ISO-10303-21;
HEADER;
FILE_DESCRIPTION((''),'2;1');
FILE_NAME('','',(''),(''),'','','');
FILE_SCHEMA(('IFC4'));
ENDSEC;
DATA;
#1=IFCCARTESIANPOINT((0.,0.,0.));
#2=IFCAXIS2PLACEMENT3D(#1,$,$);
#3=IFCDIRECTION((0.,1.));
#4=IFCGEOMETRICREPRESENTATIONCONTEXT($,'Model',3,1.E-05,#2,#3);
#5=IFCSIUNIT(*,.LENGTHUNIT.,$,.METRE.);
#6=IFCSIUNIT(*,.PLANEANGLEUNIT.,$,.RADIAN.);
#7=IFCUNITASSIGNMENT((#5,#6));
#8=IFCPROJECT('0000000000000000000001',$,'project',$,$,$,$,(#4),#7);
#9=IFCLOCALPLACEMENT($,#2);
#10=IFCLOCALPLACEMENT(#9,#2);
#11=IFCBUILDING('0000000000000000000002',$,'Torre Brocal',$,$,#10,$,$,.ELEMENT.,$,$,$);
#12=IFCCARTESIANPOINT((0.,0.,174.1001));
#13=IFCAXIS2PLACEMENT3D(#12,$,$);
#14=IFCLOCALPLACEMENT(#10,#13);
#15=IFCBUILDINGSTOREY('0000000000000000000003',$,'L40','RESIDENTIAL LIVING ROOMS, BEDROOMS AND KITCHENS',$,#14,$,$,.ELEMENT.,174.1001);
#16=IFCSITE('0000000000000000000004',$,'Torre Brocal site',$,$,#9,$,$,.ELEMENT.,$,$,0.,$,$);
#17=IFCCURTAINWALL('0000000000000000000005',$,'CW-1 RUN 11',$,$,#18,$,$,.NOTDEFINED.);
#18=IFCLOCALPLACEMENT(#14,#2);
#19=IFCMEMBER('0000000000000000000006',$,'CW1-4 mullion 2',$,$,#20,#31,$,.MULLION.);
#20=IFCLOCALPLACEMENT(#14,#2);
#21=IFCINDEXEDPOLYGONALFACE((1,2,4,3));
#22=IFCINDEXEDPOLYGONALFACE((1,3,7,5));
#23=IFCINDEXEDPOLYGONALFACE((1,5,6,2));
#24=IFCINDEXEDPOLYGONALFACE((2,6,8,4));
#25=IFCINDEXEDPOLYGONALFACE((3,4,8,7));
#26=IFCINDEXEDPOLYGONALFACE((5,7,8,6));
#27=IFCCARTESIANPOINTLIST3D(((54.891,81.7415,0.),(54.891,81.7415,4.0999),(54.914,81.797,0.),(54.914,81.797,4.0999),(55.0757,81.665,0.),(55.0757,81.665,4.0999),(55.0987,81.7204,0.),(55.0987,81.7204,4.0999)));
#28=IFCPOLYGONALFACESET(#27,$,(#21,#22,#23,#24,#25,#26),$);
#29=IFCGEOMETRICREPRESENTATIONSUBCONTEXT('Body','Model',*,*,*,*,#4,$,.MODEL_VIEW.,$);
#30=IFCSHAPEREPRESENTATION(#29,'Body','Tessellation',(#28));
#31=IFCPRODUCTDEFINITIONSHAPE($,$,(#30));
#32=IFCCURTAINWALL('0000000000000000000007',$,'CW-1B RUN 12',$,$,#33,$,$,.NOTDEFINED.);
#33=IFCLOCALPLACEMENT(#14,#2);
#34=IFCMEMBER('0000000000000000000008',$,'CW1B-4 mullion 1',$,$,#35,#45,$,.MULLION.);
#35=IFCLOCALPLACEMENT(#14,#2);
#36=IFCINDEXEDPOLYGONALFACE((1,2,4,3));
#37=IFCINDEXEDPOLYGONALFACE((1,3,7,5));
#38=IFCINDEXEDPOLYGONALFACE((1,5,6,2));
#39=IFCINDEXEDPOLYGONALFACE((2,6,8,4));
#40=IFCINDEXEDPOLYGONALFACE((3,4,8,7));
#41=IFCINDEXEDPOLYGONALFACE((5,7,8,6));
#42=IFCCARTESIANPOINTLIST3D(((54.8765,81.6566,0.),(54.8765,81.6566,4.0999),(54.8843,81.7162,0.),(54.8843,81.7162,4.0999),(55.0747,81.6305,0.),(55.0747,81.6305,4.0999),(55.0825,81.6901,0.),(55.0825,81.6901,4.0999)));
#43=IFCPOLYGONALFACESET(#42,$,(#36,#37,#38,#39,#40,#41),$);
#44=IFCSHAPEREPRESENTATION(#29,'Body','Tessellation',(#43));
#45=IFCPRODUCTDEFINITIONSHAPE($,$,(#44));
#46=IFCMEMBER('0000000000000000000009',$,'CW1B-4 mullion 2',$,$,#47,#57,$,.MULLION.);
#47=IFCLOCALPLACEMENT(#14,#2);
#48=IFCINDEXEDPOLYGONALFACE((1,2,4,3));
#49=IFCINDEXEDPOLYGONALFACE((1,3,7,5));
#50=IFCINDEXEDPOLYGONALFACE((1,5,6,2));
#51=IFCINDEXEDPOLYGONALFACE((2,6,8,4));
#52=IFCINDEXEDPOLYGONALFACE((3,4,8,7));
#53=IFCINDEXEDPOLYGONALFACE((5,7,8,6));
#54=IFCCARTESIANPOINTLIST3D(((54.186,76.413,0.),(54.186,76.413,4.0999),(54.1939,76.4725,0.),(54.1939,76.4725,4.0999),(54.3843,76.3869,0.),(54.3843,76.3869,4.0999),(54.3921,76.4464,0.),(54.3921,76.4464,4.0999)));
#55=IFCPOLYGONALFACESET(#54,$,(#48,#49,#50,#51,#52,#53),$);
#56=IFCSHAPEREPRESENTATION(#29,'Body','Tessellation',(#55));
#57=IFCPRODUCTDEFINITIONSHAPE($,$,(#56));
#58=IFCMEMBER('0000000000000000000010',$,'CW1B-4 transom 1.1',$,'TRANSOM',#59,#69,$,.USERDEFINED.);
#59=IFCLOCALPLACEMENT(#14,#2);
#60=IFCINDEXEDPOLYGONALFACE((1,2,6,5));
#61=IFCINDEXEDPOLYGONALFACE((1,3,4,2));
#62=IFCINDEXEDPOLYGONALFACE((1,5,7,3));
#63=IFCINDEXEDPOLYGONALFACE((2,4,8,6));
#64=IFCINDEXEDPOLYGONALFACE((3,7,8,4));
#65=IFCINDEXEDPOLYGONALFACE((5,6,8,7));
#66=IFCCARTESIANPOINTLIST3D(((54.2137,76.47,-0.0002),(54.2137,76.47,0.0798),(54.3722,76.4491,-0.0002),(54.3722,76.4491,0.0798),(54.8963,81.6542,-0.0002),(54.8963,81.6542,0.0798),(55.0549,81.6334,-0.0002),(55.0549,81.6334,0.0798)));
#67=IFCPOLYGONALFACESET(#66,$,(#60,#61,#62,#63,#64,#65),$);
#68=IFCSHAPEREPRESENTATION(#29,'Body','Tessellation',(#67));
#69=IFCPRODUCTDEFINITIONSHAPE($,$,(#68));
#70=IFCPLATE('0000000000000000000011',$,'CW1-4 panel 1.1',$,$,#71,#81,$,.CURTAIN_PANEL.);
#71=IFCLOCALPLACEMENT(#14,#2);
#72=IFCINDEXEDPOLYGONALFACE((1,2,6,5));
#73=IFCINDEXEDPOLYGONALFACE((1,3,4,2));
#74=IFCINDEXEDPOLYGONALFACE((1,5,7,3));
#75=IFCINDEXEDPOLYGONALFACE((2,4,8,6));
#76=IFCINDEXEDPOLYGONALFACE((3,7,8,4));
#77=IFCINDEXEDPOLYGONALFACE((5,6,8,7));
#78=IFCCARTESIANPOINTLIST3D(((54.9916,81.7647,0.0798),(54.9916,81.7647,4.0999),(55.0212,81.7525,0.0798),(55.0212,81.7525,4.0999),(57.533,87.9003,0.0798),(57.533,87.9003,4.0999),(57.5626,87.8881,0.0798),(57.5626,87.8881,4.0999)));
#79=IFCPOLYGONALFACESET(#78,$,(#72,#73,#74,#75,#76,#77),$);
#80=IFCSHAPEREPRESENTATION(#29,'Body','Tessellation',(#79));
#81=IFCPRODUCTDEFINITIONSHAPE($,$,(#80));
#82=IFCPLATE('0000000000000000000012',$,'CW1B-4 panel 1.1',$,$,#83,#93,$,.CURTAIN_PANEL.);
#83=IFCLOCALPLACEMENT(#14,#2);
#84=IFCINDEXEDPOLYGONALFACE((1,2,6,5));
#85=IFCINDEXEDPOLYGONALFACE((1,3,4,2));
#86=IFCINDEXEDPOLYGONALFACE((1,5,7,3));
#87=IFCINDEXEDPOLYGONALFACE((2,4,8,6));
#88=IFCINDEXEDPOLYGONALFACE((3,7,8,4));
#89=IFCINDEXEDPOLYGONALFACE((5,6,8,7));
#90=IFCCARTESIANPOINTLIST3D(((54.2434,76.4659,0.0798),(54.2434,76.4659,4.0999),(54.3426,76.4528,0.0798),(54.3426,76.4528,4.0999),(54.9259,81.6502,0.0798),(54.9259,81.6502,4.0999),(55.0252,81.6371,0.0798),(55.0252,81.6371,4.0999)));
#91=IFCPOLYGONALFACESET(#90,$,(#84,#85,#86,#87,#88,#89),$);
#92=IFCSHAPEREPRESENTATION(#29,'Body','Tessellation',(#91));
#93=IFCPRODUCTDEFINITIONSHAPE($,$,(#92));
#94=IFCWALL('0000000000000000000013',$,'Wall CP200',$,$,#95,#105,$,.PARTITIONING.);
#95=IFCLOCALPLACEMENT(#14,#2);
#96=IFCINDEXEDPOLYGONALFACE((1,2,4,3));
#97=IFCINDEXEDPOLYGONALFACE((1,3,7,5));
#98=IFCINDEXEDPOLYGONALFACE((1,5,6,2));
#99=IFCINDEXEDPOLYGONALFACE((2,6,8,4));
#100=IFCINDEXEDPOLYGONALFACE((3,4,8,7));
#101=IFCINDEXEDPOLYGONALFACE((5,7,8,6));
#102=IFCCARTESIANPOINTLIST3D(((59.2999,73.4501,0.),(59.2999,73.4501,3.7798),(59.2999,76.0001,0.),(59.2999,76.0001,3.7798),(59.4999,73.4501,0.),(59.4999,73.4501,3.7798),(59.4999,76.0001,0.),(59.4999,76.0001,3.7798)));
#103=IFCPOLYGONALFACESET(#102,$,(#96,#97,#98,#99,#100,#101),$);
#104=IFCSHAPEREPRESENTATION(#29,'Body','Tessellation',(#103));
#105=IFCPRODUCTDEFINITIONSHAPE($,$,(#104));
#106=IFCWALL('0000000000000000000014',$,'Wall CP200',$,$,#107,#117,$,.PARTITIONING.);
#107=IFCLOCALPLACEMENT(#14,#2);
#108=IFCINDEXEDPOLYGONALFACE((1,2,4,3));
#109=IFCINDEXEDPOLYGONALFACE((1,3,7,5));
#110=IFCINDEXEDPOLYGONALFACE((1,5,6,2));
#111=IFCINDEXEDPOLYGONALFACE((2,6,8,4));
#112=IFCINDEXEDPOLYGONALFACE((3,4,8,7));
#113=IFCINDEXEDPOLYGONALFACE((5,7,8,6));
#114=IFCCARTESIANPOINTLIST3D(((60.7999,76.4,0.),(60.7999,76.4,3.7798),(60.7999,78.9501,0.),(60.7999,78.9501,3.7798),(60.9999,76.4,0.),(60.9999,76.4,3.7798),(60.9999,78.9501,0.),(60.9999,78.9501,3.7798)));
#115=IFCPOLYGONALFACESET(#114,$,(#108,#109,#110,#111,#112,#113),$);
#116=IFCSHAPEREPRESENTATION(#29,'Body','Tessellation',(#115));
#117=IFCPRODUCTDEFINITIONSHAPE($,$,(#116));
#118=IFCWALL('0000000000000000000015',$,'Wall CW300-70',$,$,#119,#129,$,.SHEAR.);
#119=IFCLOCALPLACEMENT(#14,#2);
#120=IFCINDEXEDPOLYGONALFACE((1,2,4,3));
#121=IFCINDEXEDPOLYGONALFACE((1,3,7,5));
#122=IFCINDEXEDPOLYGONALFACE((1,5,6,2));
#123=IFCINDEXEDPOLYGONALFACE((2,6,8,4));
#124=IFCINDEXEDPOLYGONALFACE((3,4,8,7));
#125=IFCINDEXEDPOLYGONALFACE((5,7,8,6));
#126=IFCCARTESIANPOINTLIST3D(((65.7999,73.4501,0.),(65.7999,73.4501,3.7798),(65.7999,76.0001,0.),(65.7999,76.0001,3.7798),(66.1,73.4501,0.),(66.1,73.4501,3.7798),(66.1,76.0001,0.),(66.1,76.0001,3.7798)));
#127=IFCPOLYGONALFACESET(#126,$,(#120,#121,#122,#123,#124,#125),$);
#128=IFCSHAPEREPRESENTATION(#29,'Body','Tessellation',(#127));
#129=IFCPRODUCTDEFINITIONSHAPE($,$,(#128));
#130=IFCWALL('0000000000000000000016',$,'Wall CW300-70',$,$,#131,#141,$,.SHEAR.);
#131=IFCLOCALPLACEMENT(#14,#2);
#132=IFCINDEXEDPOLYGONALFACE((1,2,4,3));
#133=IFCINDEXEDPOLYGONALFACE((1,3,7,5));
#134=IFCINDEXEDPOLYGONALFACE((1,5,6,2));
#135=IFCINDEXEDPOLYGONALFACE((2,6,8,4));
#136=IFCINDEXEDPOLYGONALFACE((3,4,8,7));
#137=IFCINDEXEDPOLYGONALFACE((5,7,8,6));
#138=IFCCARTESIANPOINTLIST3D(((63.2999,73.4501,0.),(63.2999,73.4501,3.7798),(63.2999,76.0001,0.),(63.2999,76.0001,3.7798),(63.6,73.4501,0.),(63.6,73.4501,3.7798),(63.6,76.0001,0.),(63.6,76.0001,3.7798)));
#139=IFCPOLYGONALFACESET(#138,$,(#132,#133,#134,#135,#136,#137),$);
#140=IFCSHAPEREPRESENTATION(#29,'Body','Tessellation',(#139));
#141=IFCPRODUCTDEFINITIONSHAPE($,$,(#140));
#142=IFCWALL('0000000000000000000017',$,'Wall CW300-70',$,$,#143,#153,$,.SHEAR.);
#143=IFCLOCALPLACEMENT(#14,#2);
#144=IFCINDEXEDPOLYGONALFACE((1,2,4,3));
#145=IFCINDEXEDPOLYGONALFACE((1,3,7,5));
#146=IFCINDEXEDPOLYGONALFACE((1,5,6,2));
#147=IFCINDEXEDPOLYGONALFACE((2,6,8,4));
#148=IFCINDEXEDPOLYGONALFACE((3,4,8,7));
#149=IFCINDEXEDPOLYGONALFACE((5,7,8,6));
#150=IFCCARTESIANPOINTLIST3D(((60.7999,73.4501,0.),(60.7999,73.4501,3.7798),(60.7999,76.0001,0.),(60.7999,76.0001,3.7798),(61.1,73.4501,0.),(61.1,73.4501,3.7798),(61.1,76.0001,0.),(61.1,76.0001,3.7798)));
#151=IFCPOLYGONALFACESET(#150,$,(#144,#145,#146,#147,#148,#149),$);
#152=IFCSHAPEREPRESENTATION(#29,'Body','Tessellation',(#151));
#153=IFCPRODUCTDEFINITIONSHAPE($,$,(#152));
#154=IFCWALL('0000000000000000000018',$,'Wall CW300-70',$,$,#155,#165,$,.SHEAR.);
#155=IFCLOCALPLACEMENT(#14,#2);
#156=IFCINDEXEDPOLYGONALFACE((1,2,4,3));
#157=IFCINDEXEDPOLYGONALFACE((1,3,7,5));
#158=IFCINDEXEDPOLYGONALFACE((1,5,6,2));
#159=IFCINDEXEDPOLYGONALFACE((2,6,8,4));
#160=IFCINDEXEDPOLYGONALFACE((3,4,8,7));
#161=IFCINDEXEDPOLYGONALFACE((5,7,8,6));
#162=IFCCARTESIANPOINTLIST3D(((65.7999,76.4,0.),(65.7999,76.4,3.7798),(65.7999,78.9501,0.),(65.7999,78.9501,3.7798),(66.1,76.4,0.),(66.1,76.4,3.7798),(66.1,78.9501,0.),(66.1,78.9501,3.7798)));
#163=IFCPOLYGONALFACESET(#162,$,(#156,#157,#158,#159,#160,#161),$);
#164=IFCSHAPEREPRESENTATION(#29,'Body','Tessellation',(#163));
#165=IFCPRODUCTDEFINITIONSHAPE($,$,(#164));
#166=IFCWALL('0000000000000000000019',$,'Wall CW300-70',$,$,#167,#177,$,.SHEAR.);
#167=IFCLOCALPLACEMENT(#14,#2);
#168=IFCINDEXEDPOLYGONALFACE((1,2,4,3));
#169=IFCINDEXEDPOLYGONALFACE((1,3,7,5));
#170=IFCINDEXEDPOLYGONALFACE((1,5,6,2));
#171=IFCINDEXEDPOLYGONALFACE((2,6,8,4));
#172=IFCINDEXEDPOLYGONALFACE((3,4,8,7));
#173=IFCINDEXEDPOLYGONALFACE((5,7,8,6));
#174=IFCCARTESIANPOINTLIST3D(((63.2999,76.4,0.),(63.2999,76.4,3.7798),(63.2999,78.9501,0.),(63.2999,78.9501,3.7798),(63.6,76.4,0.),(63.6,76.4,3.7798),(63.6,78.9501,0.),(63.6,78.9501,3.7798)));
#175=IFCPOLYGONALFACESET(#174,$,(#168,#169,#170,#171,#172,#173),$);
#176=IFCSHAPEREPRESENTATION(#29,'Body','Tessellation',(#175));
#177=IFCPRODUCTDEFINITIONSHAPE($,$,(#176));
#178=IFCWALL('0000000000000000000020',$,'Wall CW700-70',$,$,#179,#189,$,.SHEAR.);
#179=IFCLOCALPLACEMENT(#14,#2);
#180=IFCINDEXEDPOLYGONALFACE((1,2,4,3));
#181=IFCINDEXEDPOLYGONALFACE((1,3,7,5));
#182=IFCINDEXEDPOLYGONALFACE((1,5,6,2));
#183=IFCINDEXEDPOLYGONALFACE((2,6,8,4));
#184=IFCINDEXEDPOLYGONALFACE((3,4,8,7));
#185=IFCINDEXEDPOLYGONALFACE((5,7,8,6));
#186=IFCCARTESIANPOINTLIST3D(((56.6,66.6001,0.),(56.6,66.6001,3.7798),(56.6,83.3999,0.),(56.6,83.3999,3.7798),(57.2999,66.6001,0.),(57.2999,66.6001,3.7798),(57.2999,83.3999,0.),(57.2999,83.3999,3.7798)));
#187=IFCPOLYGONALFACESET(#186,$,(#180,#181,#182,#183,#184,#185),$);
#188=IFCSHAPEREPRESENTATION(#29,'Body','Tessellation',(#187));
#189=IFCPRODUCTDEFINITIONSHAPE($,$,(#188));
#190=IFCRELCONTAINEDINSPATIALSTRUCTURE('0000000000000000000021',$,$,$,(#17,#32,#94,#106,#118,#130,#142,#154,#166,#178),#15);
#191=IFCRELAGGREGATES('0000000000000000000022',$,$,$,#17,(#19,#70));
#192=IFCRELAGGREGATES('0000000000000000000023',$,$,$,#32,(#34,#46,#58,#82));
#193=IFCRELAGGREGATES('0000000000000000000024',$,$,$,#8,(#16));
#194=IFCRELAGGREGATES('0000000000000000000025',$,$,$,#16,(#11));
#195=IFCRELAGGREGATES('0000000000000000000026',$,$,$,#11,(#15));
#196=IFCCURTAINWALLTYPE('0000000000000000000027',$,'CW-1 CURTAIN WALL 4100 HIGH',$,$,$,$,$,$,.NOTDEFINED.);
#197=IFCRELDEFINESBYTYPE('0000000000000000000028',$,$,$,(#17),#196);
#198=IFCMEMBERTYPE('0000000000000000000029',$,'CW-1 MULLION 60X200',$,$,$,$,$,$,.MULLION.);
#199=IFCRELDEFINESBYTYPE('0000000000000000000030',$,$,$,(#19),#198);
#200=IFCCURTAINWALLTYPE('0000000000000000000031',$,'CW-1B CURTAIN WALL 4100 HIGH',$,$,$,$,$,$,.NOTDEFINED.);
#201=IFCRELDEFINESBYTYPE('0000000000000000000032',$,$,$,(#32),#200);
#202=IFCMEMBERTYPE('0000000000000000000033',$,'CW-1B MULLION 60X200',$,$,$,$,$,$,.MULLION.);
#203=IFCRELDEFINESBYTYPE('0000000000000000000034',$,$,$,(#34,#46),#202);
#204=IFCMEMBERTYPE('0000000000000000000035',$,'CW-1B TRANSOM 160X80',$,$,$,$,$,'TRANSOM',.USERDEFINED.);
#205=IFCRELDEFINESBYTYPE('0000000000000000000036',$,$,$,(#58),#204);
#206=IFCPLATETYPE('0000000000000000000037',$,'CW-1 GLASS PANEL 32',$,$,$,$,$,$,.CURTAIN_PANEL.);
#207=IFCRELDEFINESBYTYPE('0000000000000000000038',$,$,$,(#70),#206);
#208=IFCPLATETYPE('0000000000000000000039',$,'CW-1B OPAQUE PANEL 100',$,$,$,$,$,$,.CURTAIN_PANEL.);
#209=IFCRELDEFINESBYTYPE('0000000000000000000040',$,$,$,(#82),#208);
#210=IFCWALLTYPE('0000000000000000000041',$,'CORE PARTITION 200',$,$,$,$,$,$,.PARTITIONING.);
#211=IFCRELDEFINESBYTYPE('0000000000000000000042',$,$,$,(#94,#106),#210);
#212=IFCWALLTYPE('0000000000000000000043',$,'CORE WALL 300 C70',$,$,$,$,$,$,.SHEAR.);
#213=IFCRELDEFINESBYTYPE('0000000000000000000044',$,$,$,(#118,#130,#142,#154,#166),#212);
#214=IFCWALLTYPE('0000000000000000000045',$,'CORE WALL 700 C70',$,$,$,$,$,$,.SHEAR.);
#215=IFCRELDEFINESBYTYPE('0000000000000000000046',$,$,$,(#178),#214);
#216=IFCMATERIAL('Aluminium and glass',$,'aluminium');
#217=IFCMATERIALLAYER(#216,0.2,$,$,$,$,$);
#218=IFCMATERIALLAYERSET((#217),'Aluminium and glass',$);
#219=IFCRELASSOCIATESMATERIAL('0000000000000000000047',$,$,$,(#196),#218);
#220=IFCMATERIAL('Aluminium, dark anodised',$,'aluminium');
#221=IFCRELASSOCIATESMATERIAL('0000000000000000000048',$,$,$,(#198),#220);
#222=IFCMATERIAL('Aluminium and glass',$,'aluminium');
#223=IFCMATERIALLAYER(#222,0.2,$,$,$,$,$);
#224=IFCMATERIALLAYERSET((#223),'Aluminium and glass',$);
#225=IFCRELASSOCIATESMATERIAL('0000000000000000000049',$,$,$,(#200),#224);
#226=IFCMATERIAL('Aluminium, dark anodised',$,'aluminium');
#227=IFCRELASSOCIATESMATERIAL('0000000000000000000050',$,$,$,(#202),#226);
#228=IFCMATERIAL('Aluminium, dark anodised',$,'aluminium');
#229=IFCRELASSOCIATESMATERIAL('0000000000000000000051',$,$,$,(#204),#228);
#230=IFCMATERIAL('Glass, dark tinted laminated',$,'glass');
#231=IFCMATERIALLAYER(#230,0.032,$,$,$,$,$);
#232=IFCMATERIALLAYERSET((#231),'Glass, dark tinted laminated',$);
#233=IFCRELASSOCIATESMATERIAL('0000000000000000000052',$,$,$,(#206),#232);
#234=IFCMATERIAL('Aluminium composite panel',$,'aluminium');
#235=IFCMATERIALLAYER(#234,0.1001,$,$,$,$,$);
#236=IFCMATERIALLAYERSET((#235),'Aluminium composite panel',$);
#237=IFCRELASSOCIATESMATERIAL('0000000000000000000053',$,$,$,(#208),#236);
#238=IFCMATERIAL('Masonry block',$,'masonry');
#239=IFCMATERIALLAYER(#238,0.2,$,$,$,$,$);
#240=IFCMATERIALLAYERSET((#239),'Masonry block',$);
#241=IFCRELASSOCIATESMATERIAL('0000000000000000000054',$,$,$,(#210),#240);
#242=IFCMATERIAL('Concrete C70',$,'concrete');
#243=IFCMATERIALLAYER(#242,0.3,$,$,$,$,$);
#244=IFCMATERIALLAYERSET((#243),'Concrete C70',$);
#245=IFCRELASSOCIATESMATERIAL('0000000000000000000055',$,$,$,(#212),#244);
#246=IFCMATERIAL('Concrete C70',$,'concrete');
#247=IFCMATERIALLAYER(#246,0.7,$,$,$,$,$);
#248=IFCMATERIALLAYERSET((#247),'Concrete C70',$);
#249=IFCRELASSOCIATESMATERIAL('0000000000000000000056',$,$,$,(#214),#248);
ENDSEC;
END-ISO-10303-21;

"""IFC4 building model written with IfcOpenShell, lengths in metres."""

from ifc_helpers import new_model, si_unit, direction, frame, frame_2d, origin, origin_2d, place, context, subcontext, project, spatial, rectangle, extrude, material, layer, layer_set, material_profile, profile_set, type_object, element, aggregate, save


model = new_model("IFC4")

# Units and contexts
model_context = context("Model", 3, precision=1e-05, world=origin(), true_north=direction((0.0, 1.0)))
body_context = subcontext(model_context, "Body", "Model", "MODEL_VIEW")
ifc_project = project(units=[si_unit("LENGTHUNIT", "METRE"), si_unit("PLANEANGLEUNIT", "RADIAN")], contexts=[model_context])

# Site, building, storey
site_placement = place(None, origin())
site = spatial("IfcSite", under=ifc_project, at=site_placement, Name="Torre Brocal site", CompositionType="ELEMENT", RefElevation=0.0)
building_placement = place(site_placement, origin())
building = spatial("IfcBuilding", under=site, at=building_placement, Name="Torre Brocal", CompositionType="ELEMENT")
storey_placement = place(building_placement, frame((0.0, 0.0, 174.1001)))
storey = spatial("IfcBuildingStorey", under=building, at=storey_placement, Name="L40", Description="RESIDENTIAL LIVING ROOMS, BEDROOMS AND KITCHENS", CompositionType="ELEMENT", Elevation=174.1001)

# Curtain wall, member
ifc_material_1 = material(Name="Aluminium and glass", Category="aluminium")
ifc_layer_1 = layer(ifc_material_1, 0.2)
ifc_layer_set_1 = layer_set([ifc_layer_1], Name="Aluminium and glass")
curtain_wall_type_1 = type_object("IfcCurtainWallType", Name="CW-1 CURTAIN WALL 4100 HIGH", PredefinedType="NOTDEFINED", material=ifc_layer_set_1)
curtain_wall_1_placement = place(storey_placement, origin())
curtain_wall_1 = element("IfcCurtainWall", 1, at=curtain_wall_1_placement, inside=storey, type_object=curtain_wall_type_1, Name="CW-1 RUN 11", PredefinedType="NOTDEFINED")
ifc_material_2 = material(Name="Aluminium, dark anodised", Category="aluminium")
ifc_material_profile_1 = material_profile(ifc_material_2, rectangle(XDim=0.2, YDim=0.0601, at=origin_2d()), Name="CW-1 MULLION 60X200")
ifc_profile_set_1 = profile_set([ifc_material_profile_1], Name="Aluminium, dark anodised")
member_type_1 = type_object("IfcMemberType", Name="CW-1 MULLION 60X200", PredefinedType="MULLION", material=ifc_profile_set_1)
member_1_placement = place(storey_placement, frame((54.9949, 81.731, 0.0), z_axis=(0.0, 0.0, 1.0), x_axis=(0.92388, -0.382683, 0.0)))
member_1 = element("IfcMember", 2, at=member_1_placement, type_object=member_type_1, Name="CW1-4 mullion 2", PredefinedType="MULLION", context=body_context, shape_type="SweptSolid", body=[
    extrude(rectangle(XDim=0.2, YDim=0.0601, at=origin_2d()), origin(), (0.0, 0.0, 1.0), 4.0999),
])

# Curtain wall, members
ifc_material_3 = material(Name="Aluminium and glass", Category="aluminium")
ifc_layer_2 = layer(ifc_material_3, 0.2)
ifc_layer_set_2 = layer_set([ifc_layer_2], Name="Aluminium and glass")
curtain_wall_type_2 = type_object("IfcCurtainWallType", Name="CW-1B CURTAIN WALL 4100 HIGH", PredefinedType="NOTDEFINED", material=ifc_layer_set_2)
curtain_wall_2_placement = place(storey_placement, origin())
curtain_wall_2 = element("IfcCurtainWall", 3, at=curtain_wall_2_placement, inside=storey, type_object=curtain_wall_type_2, Name="CW-1B RUN 12", PredefinedType="NOTDEFINED")
ifc_material_4 = material(Name="Aluminium, dark anodised", Category="aluminium")
ifc_material_profile_2 = material_profile(ifc_material_4, rectangle(XDim=0.2, YDim=0.0601, at=origin_2d()), Name="CW-1B MULLION 60X200")
ifc_profile_set_2 = profile_set([ifc_material_profile_2], Name="Aluminium, dark anodised")
member_type_2 = type_object("IfcMemberType", Name="CW-1B MULLION 60X200", PredefinedType="MULLION", material=ifc_profile_set_2)
member_2_placement = place(storey_placement, frame((54.9795, 81.6733, 0.0), z_axis=(0.0, 0.0, 1.0), x_axis=(0.991445, -0.130526, 0.0)))
member_2 = element("IfcMember", 4, at=member_2_placement, type_object=member_type_2, Name="CW1B-4 mullion 1", PredefinedType="MULLION", context=body_context, shape_type="SweptSolid", body=[
    extrude(rectangle(XDim=0.2, YDim=0.0601, at=origin_2d()), origin(), (0.0, 0.0, 1.0), 4.0999),
])
member_3_placement = place(storey_placement, frame((54.2891, 76.4297, 0.0), z_axis=(0.0, 0.0, 1.0), x_axis=(0.991445, -0.130526, 0.0)))
member_3 = element("IfcMember", 5, at=member_3_placement, type_object=member_type_2, Name="CW1B-4 mullion 2", PredefinedType="MULLION", context=body_context, shape_type="SweptSolid", body=[
    extrude(rectangle(XDim=0.2, YDim=0.0601, at=origin_2d()), origin(), (0.0, 0.0, 1.0), 4.0999),
])
ifc_material_5 = material(Name="Aluminium, dark anodised", Category="aluminium")
ifc_material_profile_3 = material_profile(ifc_material_5, rectangle(XDim=0.1599, YDim=0.0801, at=origin_2d()), Name="CW-1B TRANSOM 160X80")
ifc_profile_set_3 = profile_set([ifc_material_profile_3], Name="Aluminium, dark anodised")
member_type_3 = type_object("IfcMemberType", Name="CW-1B TRANSOM 160X80", ElementType="TRANSOM", PredefinedType="USERDEFINED", material=ifc_profile_set_3)
member_4_placement = place(storey_placement, frame((54.9756, 81.6438, 0.0398), z_axis=(-0.130543, -0.991443, 0.0), x_axis=(0.991443, -0.130543, 0.0)))
member_4 = element("IfcMember", 6, at=member_4_placement, type_object=member_type_3, Name="CW1B-4 transom 1.1", ObjectType="TRANSOM", PredefinedType="USERDEFINED", context=body_context, shape_type="SweptSolid", body=[
    extrude(rectangle(XDim=0.1599, YDim=0.0801, at=origin_2d()), origin(), (0.0, 0.0, 1.0), 5.229),
])

# Plates
ifc_material_6 = material(Name="Glass, dark tinted laminated", Category="glass")
ifc_layer_3 = layer(ifc_material_6, 0.032)
ifc_layer_set_3 = layer_set([ifc_layer_3], Name="Glass, dark tinted laminated")
plate_type_1 = type_object("IfcPlateType", Name="CW-1 GLASS PANEL 32", PredefinedType="CURTAIN_PANEL", material=ifc_layer_set_3)
plate_1_placement = place(storey_placement, frame((56.2771, 84.8264, 0.0798), z_axis=(0.0, 0.0, 1.0), x_axis=(-0.382683, -0.92388, 0.0)))
plate_1 = element("IfcPlate", 7, at=plate_1_placement, type_object=plate_type_1, Name="CW1-4 panel 1.1", PredefinedType="CURTAIN_PANEL", context=body_context, shape_type="SweptSolid", body=[
    extrude(rectangle(XDim=6.6411, YDim=0.032, at=origin_2d()), origin(), (0.0, 0.0, 1.0), 4.02),
])
aggregate(curtain_wall_1, [member_1, plate_1])
ifc_material_7 = material(Name="Aluminium composite panel", Category="aluminium")
ifc_layer_4 = layer(ifc_material_7, 0.1001)
ifc_layer_set_4 = layer_set([ifc_layer_4], Name="Aluminium composite panel")
plate_type_2 = type_object("IfcPlateType", Name="CW-1B OPAQUE PANEL 100", PredefinedType="CURTAIN_PANEL", material=ifc_layer_set_4)
plate_2_placement = place(storey_placement, frame((54.6343, 79.0515, 0.0798), z_axis=(0.0, 0.0, 1.0), x_axis=(-0.130526, -0.991445, 0.0)))
plate_2 = element("IfcPlate", 8, at=plate_2_placement, type_object=plate_type_2, Name="CW1B-4 panel 1.1", PredefinedType="CURTAIN_PANEL", context=body_context, shape_type="SweptSolid", body=[
    extrude(rectangle(XDim=5.229, YDim=0.1001, at=origin_2d()), origin(), (0.0, 0.0, 1.0), 4.02),
])
aggregate(curtain_wall_2, [member_2, member_3, member_4, plate_2])

# Walls
ifc_material_8 = material(Name="Masonry block", Category="masonry")
ifc_layer_5 = layer(ifc_material_8, 0.2)
ifc_layer_set_5 = layer_set([ifc_layer_5], Name="Masonry block")
wall_type_1 = type_object("IfcWallType", Name="CORE PARTITION 200", PredefinedType="PARTITIONING", material=ifc_layer_set_5)
for number, where, z_axis, x_axis, name in (
    (9, (59.3999, 76.0, 0.0), (0.0, 0.0, 1.0), (0.0, -1.0, 0.0), "Wall CP200"),
    (10, (60.8999, 78.95, 0.0), (0.0, 0.0, 1.0), (0.0, -1.0, 0.0), "Wall CP200"),
):
    element("IfcWall", number, at=place(storey_placement, frame(where, z_axis=z_axis, x_axis=x_axis)), inside=storey, type_object=wall_type_1, Name=name, PredefinedType="PARTITIONING", context=body_context, shape_type="SweptSolid", body=[
        extrude(rectangle(XDim=2.55, YDim=0.2, at=frame_2d((1.2749, 0.0))), origin(), (0.0, 0.0, 1.0), 3.7798),
    ])
ifc_material_9 = material(Name="Concrete C70", Category="concrete")
ifc_layer_6 = layer(ifc_material_9, 0.3)
ifc_layer_set_6 = layer_set([ifc_layer_6], Name="Concrete C70")
wall_type_2 = type_object("IfcWallType", Name="CORE WALL 300 C70", PredefinedType="SHEAR", material=ifc_layer_set_6)
for number, where, z_axis, x_axis, name in (
    (11, (65.95, 76.0, 0.0), (0.0, 0.0, 1.0), (0.0, -1.0, 0.0), "Wall CW300-70"),
    (12, (63.45, 76.0, 0.0), (0.0, 0.0, 1.0), (0.0, -1.0, 0.0), "Wall CW300-70"),
    (13, (60.95, 76.0, 0.0), (0.0, 0.0, 1.0), (0.0, -1.0, 0.0), "Wall CW300-70"),
    (14, (65.95, 78.95, 0.0), (0.0, 0.0, 1.0), (0.0, -1.0, 0.0), "Wall CW300-70"),
    (15, (63.45, 78.95, 0.0), (0.0, 0.0, 1.0), (0.0, -1.0, 0.0), "Wall CW300-70"),
):
    element("IfcWall", number, at=place(storey_placement, frame(where, z_axis=z_axis, x_axis=x_axis)), inside=storey, type_object=wall_type_2, Name=name, PredefinedType="SHEAR", context=body_context, shape_type="SweptSolid", body=[
        extrude(rectangle(XDim=2.55, YDim=0.3, at=frame_2d((1.2749, 0.0))), origin(), (0.0, 0.0, 1.0), 3.7798),
    ])
ifc_material_10 = material(Name="Concrete C70", Category="concrete")
ifc_layer_7 = layer(ifc_material_10, 0.7)
ifc_layer_set_7 = layer_set([ifc_layer_7], Name="Concrete C70")
wall_type_3 = type_object("IfcWallType", Name="CORE WALL 700 C70", PredefinedType="SHEAR", material=ifc_layer_set_7)
wall_1_placement = place(storey_placement, frame((56.95, 83.3999, 0.0), z_axis=(0.0, 0.0, 1.0), x_axis=(0.0, -1.0, 0.0)))
element("IfcWall", 16, at=wall_1_placement, inside=storey, type_object=wall_type_3, Name="Wall CW700-70", PredefinedType="SHEAR", context=body_context, shape_type="SweptSolid", body=[
    extrude(rectangle(XDim=16.7998, YDim=0.7, at=frame_2d((8.3999, 0.0))), origin(), (0.0, 0.0, 1.0), 3.7798),
])

save(model, "model.ifc")
